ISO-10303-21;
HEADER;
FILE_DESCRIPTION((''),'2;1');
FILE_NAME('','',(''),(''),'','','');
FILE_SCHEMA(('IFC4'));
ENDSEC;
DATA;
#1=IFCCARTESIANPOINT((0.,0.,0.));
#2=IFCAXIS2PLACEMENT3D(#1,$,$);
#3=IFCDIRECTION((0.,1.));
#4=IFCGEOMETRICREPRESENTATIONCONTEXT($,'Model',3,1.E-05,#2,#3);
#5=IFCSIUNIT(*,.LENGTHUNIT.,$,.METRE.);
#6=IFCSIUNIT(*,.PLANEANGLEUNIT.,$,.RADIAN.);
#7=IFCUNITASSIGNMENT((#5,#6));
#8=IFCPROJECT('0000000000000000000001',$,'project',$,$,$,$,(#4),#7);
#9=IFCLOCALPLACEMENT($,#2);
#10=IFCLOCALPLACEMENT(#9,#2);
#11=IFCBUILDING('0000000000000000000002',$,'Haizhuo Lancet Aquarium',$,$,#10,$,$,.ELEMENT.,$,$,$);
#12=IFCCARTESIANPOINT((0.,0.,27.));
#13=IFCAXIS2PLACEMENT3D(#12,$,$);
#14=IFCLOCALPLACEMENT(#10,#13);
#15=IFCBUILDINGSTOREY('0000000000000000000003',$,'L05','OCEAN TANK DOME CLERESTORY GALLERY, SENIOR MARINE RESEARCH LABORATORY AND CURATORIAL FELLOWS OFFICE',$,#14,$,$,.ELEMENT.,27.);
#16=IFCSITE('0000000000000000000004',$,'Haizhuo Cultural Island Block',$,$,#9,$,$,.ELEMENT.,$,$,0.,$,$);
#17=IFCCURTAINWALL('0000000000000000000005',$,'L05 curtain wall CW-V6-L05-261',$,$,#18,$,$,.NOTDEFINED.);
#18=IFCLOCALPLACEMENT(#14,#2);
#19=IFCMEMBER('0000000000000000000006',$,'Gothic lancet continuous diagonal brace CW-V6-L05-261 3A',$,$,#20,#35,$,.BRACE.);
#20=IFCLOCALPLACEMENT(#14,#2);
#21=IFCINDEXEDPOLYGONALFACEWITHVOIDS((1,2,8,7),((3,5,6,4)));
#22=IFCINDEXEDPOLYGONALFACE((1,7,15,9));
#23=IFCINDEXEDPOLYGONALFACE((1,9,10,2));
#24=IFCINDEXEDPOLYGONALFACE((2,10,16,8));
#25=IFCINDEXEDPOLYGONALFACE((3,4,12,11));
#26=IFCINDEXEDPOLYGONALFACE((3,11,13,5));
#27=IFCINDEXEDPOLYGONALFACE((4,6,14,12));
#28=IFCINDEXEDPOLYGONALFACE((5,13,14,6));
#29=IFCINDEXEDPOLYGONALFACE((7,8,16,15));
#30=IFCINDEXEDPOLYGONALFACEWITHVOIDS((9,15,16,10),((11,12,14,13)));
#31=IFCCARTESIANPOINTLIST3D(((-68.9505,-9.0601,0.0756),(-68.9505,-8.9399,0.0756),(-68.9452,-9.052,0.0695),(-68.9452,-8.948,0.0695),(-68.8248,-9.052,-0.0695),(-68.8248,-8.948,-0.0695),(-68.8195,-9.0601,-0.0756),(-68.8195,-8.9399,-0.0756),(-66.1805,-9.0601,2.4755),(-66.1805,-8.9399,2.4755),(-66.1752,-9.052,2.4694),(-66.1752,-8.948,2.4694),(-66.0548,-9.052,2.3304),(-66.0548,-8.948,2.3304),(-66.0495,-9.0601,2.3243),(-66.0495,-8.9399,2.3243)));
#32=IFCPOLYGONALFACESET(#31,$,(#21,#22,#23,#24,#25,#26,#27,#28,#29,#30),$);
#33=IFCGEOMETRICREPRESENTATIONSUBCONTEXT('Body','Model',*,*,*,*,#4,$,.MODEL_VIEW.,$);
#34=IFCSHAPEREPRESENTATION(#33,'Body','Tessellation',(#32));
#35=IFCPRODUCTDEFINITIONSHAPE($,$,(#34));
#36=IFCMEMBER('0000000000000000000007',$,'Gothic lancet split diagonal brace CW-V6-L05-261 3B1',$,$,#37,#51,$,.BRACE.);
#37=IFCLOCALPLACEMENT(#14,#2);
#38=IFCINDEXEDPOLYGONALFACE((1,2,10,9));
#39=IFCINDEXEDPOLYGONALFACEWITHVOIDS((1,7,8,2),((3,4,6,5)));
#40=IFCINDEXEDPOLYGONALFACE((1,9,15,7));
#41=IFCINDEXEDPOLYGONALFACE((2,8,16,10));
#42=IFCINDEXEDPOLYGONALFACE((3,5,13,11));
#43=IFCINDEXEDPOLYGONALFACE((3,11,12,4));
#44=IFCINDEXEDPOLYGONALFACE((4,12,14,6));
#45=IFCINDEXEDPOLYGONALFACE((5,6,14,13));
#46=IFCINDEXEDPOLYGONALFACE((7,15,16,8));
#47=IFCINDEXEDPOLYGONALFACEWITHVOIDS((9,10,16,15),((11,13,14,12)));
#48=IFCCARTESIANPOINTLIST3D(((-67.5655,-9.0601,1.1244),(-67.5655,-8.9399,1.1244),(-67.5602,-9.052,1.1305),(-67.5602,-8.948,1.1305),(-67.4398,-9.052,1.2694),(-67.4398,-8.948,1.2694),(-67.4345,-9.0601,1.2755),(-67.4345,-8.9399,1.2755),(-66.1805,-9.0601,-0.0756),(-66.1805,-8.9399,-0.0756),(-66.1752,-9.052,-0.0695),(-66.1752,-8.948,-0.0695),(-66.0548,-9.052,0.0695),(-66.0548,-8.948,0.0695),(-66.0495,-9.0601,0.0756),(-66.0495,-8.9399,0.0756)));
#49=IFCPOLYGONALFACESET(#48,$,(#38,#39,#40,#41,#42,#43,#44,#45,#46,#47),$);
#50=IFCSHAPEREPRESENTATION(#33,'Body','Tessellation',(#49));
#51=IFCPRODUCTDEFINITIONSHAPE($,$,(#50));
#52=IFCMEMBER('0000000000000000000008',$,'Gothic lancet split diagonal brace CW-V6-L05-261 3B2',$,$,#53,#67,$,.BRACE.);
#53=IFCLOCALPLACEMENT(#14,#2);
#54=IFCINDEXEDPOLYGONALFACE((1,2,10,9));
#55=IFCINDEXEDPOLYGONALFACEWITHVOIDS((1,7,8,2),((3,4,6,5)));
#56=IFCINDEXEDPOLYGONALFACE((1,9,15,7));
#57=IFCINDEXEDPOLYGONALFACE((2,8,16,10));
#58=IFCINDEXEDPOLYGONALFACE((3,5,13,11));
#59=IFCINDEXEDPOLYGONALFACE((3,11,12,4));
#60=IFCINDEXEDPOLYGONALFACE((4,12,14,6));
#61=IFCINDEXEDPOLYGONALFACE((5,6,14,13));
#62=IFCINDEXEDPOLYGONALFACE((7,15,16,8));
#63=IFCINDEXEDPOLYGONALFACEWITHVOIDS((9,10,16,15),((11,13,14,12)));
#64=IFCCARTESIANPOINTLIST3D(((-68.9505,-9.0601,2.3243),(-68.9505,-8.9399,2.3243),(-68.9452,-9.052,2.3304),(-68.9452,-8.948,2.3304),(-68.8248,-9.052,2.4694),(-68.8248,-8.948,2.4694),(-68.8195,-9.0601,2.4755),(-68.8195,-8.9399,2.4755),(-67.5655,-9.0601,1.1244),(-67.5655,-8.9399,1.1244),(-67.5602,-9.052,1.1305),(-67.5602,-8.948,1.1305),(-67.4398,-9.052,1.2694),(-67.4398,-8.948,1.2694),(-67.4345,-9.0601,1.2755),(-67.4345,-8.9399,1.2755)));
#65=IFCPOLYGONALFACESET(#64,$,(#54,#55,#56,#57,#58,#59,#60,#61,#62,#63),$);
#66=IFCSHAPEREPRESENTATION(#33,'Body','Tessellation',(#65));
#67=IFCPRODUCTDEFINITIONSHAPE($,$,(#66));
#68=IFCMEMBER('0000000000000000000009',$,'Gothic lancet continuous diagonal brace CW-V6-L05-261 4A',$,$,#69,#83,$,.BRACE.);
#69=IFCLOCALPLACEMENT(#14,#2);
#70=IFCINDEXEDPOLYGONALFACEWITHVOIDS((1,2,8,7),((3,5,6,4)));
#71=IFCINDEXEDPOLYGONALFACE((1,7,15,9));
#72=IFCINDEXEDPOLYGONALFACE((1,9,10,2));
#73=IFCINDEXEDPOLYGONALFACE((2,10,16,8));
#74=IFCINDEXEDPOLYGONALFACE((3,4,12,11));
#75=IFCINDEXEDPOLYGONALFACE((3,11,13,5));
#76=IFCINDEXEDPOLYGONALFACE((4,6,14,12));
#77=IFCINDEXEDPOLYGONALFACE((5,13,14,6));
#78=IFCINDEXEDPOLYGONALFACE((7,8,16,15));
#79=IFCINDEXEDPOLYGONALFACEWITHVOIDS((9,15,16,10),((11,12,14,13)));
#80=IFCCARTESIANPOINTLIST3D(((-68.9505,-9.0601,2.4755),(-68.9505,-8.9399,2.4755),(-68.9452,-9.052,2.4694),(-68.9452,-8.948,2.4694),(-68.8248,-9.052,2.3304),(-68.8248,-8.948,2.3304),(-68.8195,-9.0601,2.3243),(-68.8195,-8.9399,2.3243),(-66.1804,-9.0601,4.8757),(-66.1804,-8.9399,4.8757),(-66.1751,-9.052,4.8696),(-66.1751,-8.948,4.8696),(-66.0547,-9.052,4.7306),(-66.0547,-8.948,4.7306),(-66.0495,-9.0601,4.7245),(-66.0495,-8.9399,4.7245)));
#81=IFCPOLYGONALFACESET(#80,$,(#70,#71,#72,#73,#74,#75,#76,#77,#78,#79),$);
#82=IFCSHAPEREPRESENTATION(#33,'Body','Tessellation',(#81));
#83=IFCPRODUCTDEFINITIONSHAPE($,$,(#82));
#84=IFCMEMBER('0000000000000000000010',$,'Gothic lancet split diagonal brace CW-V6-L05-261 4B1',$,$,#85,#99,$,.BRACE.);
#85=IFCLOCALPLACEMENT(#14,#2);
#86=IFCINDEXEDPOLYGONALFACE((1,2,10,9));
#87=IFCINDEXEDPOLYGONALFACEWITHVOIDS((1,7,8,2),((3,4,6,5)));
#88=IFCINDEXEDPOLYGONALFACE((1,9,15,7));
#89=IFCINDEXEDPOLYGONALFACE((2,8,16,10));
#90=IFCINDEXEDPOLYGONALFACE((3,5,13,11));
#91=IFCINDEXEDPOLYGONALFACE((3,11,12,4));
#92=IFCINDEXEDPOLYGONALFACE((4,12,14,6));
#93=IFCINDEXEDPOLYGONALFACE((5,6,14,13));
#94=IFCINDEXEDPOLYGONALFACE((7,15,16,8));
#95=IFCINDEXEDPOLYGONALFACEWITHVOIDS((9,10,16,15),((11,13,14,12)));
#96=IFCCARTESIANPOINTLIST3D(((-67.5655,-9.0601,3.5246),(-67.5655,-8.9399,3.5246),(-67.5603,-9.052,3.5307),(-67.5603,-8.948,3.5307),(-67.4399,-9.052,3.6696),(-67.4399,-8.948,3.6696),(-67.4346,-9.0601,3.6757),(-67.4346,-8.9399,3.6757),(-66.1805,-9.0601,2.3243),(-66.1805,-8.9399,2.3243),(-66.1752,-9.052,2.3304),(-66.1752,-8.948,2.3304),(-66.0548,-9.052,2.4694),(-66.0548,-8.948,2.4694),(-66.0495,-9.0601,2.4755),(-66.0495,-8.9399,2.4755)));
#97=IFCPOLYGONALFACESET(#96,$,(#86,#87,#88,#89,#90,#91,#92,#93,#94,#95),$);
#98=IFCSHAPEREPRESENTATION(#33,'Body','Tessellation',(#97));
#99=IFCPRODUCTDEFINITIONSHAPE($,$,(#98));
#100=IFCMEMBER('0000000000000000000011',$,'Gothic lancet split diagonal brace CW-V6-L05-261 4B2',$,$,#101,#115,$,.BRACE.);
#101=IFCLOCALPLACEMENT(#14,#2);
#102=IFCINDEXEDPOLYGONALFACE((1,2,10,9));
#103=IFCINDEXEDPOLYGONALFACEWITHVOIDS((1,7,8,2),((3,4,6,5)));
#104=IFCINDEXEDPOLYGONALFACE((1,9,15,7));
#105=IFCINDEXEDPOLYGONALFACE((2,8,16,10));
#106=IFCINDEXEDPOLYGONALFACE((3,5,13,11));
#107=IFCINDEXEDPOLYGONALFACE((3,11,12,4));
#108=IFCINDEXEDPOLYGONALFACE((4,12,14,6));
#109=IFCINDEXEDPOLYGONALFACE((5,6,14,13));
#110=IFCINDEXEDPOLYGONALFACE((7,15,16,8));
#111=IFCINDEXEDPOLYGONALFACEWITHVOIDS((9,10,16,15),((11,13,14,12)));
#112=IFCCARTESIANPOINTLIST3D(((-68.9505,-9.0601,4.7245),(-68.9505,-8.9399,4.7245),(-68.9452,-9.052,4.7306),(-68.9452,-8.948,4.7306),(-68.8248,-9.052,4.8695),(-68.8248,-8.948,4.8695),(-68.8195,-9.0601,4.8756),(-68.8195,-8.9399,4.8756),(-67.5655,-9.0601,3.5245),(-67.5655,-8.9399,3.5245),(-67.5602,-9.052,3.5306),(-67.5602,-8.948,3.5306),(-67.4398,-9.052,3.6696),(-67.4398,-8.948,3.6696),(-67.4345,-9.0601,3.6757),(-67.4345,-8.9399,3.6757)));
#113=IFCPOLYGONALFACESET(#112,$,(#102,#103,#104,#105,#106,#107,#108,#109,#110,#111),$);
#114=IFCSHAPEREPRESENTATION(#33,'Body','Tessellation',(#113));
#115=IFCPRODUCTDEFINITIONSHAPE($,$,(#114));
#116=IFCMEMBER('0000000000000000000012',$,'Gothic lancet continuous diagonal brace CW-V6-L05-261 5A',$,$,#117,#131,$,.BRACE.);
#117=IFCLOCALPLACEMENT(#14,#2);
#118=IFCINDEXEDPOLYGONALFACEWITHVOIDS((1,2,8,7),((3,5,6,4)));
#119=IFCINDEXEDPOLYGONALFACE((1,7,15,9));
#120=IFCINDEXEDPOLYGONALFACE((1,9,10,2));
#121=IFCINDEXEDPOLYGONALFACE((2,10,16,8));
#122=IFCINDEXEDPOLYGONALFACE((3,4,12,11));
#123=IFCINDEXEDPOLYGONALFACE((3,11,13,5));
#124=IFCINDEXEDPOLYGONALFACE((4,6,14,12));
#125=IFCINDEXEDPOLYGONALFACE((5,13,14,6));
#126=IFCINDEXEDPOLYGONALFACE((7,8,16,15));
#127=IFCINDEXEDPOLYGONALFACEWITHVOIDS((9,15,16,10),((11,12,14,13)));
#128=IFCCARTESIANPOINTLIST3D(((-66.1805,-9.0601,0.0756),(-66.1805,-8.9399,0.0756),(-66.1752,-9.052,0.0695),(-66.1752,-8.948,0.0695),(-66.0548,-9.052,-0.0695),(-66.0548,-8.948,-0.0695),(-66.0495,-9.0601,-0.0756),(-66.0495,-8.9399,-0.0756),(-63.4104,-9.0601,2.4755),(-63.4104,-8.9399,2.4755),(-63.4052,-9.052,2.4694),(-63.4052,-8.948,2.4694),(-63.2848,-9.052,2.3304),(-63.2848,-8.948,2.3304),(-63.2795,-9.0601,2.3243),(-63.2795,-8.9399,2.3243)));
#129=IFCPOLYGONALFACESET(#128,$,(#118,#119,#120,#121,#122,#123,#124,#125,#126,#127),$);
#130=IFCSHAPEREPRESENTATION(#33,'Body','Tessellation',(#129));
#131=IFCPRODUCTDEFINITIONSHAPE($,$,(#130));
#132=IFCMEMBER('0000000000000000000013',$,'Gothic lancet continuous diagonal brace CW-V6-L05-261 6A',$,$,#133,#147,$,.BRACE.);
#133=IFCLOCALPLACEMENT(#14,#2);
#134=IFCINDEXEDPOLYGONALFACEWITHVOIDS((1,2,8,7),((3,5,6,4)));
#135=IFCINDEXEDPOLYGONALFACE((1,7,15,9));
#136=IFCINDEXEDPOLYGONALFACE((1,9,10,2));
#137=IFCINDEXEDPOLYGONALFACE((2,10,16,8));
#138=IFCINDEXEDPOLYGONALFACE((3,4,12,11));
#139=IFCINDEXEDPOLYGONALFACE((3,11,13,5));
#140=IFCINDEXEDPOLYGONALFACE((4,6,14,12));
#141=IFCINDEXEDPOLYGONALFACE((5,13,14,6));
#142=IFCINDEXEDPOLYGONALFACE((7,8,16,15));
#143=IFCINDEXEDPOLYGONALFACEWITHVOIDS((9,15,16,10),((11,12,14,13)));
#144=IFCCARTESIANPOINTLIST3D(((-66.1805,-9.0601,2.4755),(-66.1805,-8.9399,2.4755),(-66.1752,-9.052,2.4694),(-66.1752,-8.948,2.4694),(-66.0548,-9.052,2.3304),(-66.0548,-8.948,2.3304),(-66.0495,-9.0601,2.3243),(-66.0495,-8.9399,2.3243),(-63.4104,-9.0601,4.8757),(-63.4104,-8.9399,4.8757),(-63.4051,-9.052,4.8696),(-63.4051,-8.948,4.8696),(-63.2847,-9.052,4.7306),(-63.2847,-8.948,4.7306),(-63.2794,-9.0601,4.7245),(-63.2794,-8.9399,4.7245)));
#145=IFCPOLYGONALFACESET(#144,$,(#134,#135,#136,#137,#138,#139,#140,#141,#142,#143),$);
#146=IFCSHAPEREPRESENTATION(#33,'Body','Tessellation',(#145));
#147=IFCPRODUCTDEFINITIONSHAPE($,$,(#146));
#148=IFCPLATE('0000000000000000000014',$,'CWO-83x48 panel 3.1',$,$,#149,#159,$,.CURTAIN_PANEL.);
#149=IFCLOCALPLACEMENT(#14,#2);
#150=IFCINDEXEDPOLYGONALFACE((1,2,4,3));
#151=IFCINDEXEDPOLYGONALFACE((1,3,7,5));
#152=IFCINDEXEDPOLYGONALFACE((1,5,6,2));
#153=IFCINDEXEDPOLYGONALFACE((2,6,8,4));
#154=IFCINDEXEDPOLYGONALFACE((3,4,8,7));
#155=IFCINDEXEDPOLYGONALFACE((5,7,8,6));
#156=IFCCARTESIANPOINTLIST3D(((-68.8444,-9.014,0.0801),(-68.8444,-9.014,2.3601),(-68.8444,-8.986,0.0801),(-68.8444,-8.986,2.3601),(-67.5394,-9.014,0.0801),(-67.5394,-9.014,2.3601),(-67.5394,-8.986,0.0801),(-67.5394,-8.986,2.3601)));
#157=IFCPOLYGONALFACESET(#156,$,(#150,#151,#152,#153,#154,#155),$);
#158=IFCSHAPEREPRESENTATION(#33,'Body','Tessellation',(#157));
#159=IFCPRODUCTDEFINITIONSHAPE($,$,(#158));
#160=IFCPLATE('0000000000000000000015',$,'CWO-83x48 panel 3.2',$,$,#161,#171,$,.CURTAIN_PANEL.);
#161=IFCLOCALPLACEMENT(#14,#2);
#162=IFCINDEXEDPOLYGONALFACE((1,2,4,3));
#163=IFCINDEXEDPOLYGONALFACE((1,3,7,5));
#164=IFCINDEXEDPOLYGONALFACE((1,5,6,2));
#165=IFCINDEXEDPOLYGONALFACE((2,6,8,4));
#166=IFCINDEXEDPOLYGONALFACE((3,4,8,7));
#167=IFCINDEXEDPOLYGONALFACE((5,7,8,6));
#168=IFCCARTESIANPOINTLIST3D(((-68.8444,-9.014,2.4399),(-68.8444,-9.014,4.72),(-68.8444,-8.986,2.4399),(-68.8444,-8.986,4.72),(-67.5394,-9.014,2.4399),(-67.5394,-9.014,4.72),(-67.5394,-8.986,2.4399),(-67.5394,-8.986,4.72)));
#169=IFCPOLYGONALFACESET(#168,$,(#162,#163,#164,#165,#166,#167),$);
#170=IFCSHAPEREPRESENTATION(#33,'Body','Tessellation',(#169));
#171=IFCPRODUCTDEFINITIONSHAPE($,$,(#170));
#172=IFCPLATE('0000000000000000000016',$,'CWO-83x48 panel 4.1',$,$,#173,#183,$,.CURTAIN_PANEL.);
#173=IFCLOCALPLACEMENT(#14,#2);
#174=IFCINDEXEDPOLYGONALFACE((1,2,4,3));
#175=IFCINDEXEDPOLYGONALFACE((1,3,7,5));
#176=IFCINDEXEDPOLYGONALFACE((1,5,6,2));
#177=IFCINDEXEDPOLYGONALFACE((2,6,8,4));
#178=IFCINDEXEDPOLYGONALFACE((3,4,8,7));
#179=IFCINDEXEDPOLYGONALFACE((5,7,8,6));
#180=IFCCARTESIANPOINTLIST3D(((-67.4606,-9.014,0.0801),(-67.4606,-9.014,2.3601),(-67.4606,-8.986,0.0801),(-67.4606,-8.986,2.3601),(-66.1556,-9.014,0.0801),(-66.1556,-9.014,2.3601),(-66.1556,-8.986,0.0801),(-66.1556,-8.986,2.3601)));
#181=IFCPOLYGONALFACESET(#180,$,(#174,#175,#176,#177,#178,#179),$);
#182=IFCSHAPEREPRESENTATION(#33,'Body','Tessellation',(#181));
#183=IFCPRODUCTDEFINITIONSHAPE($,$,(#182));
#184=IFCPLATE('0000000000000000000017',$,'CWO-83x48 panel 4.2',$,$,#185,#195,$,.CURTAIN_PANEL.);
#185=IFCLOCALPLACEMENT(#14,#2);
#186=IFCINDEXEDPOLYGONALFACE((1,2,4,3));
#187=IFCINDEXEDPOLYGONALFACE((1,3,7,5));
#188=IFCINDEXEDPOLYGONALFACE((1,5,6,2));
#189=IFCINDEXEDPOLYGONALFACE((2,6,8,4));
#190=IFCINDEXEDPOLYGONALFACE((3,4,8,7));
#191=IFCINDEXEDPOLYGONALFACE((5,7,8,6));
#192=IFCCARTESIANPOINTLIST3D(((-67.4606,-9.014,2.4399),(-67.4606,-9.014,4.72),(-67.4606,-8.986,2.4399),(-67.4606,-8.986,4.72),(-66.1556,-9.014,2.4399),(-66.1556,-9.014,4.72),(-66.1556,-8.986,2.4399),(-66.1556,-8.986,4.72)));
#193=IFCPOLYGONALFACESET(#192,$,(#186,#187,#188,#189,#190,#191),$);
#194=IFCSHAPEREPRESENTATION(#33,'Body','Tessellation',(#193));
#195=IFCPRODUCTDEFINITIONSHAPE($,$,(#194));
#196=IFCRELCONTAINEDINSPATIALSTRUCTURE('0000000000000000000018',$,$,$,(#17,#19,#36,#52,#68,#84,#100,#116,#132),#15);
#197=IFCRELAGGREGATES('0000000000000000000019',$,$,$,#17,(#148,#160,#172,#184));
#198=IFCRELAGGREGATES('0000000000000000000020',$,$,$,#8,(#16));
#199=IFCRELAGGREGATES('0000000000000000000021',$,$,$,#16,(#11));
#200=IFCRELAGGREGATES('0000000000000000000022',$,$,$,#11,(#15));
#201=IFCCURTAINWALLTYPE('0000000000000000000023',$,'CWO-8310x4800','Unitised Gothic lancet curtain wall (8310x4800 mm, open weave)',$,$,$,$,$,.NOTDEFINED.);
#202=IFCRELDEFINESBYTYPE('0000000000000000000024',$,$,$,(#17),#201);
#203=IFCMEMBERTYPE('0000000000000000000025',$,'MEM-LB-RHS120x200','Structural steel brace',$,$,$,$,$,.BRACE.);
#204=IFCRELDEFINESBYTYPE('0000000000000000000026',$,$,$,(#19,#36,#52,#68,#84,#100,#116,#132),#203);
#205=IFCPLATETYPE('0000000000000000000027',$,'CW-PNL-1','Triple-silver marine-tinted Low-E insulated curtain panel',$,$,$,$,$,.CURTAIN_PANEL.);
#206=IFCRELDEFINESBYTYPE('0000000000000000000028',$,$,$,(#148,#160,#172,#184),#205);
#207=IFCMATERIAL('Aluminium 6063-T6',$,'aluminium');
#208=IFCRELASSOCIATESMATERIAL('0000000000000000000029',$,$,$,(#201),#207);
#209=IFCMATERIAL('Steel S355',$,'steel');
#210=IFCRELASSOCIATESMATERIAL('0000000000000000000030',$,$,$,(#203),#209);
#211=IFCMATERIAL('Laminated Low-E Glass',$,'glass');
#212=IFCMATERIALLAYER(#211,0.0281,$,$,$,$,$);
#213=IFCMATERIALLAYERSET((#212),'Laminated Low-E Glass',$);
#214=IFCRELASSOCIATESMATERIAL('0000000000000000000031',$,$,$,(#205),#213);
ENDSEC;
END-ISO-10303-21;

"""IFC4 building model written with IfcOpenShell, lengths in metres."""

from ifc_helpers import new_model, si_unit, direction, frame, origin, origin_2d, place, context, subcontext, project, spatial, rectangle, hollow_rectangle, extrude, material, layer, layer_set, material_profile, profile_set, type_object, element, aggregate, save


model = new_model("IFC4")

# Units and contexts
model_context = context("Model", 3, precision=1e-05, world=origin(), true_north=direction((0.0, 1.0)))
body_context = subcontext(model_context, "Body", "Model", "MODEL_VIEW")
ifc_project = project(units=[si_unit("LENGTHUNIT", "METRE"), si_unit("PLANEANGLEUNIT", "RADIAN")], contexts=[model_context])

# Site, building, storey
site_placement = place(None, origin())
site = spatial("IfcSite", under=ifc_project, at=site_placement, Name="Haizhuo Cultural Island Block", CompositionType="ELEMENT", RefElevation=0.0)
building_placement = place(site_placement, origin())
building = spatial("IfcBuilding", under=site, at=building_placement, Name="Haizhuo Lancet Aquarium", CompositionType="ELEMENT")
storey_placement = place(building_placement, frame((0.0, 0.0, 27.0)))
storey = spatial("IfcBuildingStorey", under=building, at=storey_placement, Name="L05", Description="OCEAN TANK DOME CLERESTORY GALLERY, SENIOR MARINE RESEARCH LABORATORY AND CURATORIAL FELLOWS OFFICE", CompositionType="ELEMENT", Elevation=27.0)

# Curtain wall
ifc_material_1 = material(Name="Aluminium 6063-T6", Category="aluminium")
curtain_wall_type = type_object("IfcCurtainWallType", Name="CWO-8310x4800", Description="Unitised Gothic lancet curtain wall (8310x4800 mm, open weave)", PredefinedType="NOTDEFINED", material=ifc_material_1)
curtain_wall_placement = place(storey_placement, origin())
curtain_wall = element("IfcCurtainWall", 1, at=curtain_wall_placement, inside=storey, type_object=curtain_wall_type, Name="L05 curtain wall CW-V6-L05-261", PredefinedType="NOTDEFINED")

# Members
ifc_material_2 = material(Name="Steel S355", Category="steel")
ifc_material_profile_1 = material_profile(ifc_material_2, hollow_rectangle(XDim=0.1201, YDim=0.2, WallThickness=0.0081, at=origin_2d()), Name="RHS 120x200x8")
ifc_profile_set_1 = profile_set([ifc_material_profile_1], Name="Steel S355")
member_type_1 = type_object("IfcMemberType", Name="MEM-LB-RHS120x200", Description="Structural steel brace", PredefinedType="BRACE", material=ifc_profile_set_1)
member_1_placement = place(storey_placement, frame((-68.885, -9.0, 0.0), z_axis=(0.755795, 0.0, 0.654809), x_axis=(0.0, 1.0, 0.0)))
element("IfcMember", 2, at=member_1_placement, inside=storey, type_object=member_type_1, Name="Gothic lancet continuous diagonal brace CW-V6-L05-261 3A", PredefinedType="BRACE", context=body_context, shape_type="SweptSolid", body=[
    extrude(hollow_rectangle(XDim=0.1201, YDim=0.2, WallThickness=0.0081, at=origin_2d()), origin(), (0.0, 0.0, 1.0), 3.665),
])
for number, where, z_axis, x_axis, name in (
    (3, (-66.115, -9.0, 0.0), (-0.755795, 0.0, 0.654809), (0.0, -1.0, 0.0), "Gothic lancet split diagonal brace CW-V6-L05-261 3B1"),
    (4, (-67.5, -9.0, 1.2), (-0.755795, 0.0, 0.654809), (0.0, -1.0, 0.0), "Gothic lancet split diagonal brace CW-V6-L05-261 3B2"),
):
    element("IfcMember", number, at=place(storey_placement, frame(where, z_axis=z_axis, x_axis=x_axis)), inside=storey, type_object=member_type_1, Name=name, PredefinedType="BRACE", context=body_context, shape_type="SweptSolid", body=[
        extrude(hollow_rectangle(XDim=0.1201, YDim=0.2, WallThickness=0.0081, at=origin_2d()), origin(), (0.0, 0.0, 1.0), 1.8325),
    ])
member_2_placement = place(storey_placement, frame((-68.885, -9.0, 2.3999), z_axis=(0.755762, 0.0, 0.654847), x_axis=(0.0, 1.0, 0.0)))
element("IfcMember", 5, at=member_2_placement, inside=storey, type_object=member_type_1, Name="Gothic lancet continuous diagonal brace CW-V6-L05-261 4A", PredefinedType="BRACE", context=body_context, shape_type="SweptSolid", body=[
    extrude(hollow_rectangle(XDim=0.1201, YDim=0.2, WallThickness=0.0081, at=origin_2d()), origin(), (0.0, 0.0, 1.0), 3.6653),
])
member_3_placement = place(storey_placement, frame((-66.115, -9.0, 2.3999), z_axis=(-0.755729, 0.0, 0.654885), x_axis=(0.0, -1.0, 0.0)))
element("IfcMember", 6, at=member_3_placement, inside=storey, type_object=member_type_1, Name="Gothic lancet split diagonal brace CW-V6-L05-261 4B1", PredefinedType="BRACE", context=body_context, shape_type="SweptSolid", body=[
    extrude(hollow_rectangle(XDim=0.1201, YDim=0.2, WallThickness=0.0081, at=origin_2d()), origin(), (0.0, 0.0, 1.0), 1.8328),
])
member_4_placement = place(storey_placement, frame((-67.5, -9.0, 3.6001), z_axis=(-0.755795, 0.0, 0.654809), x_axis=(0.0, -1.0, 0.0)))
element("IfcMember", 7, at=member_4_placement, inside=storey, type_object=member_type_1, Name="Gothic lancet split diagonal brace CW-V6-L05-261 4B2", PredefinedType="BRACE", context=body_context, shape_type="SweptSolid", body=[
    extrude(hollow_rectangle(XDim=0.1201, YDim=0.2, WallThickness=0.0081, at=origin_2d()), origin(), (0.0, 0.0, 1.0), 1.8325),
])
member_5_placement = place(storey_placement, frame((-66.115, -9.0, 0.0), z_axis=(0.755795, 0.0, 0.654809), x_axis=(0.0, 1.0, 0.0)))
element("IfcMember", 8, at=member_5_placement, inside=storey, type_object=member_type_1, Name="Gothic lancet continuous diagonal brace CW-V6-L05-261 5A", PredefinedType="BRACE", context=body_context, shape_type="SweptSolid", body=[
    extrude(hollow_rectangle(XDim=0.1201, YDim=0.2, WallThickness=0.0081, at=origin_2d()), origin(), (0.0, 0.0, 1.0), 3.665),
])
member_6_placement = place(storey_placement, frame((-66.115, -9.0, 2.3999), z_axis=(0.755762, 0.0, 0.654847), x_axis=(0.0, 1.0, 0.0)))
element("IfcMember", 9, at=member_6_placement, inside=storey, type_object=member_type_1, Name="Gothic lancet continuous diagonal brace CW-V6-L05-261 6A", PredefinedType="BRACE", context=body_context, shape_type="SweptSolid", body=[
    extrude(hollow_rectangle(XDim=0.1201, YDim=0.2, WallThickness=0.0081, at=origin_2d()), origin(), (0.0, 0.0, 1.0), 3.6653),
])

# Plates
ifc_material_3 = material(Name="Laminated Low-E Glass", Category="glass")
ifc_layer = layer(ifc_material_3, 0.0281)
ifc_layer_set = layer_set([ifc_layer], Name="Laminated Low-E Glass")
plate_type = type_object("IfcPlateType", Name="CW-PNL-1", Description="Triple-silver marine-tinted Low-E insulated curtain panel", PredefinedType="CURTAIN_PANEL", material=ifc_layer_set)
plate_1_placement = place(storey_placement, frame((-68.1919, -9.0, 0.0801), z_axis=(0.0, 0.0, 1.0), x_axis=(1.0, 0.0, 0.0)))
plate_1 = element("IfcPlate", 10, at=plate_1_placement, type_object=plate_type, Name="CWO-83x48 panel 3.1", PredefinedType="CURTAIN_PANEL", context=body_context, shape_type="SweptSolid", body=[
    extrude(rectangle(XDim=1.3049, YDim=0.0281, at=origin_2d()), origin(), (0.0, 0.0, 1.0), 2.28),
])
plate_2_placement = place(storey_placement, frame((-68.1919, -9.0, 2.4399), z_axis=(0.0, 0.0, 1.0), x_axis=(1.0, 0.0, 0.0)))
plate_2 = element("IfcPlate", 11, at=plate_2_placement, type_object=plate_type, Name="CWO-83x48 panel 3.2", PredefinedType="CURTAIN_PANEL", context=body_context, shape_type="SweptSolid", body=[
    extrude(rectangle(XDim=1.3049, YDim=0.0281, at=origin_2d()), origin(), (0.0, 0.0, 1.0), 2.28),
])
plate_3_placement = place(storey_placement, frame((-66.8081, -9.0, 0.0801), z_axis=(0.0, 0.0, 1.0), x_axis=(1.0, 0.0, 0.0)))
plate_3 = element("IfcPlate", 12, at=plate_3_placement, type_object=plate_type, Name="CWO-83x48 panel 4.1", PredefinedType="CURTAIN_PANEL", context=body_context, shape_type="SweptSolid", body=[
    extrude(rectangle(XDim=1.3049, YDim=0.0281, at=origin_2d()), origin(), (0.0, 0.0, 1.0), 2.28),
])
plate_4_placement = place(storey_placement, frame((-66.8081, -9.0, 2.4399), z_axis=(0.0, 0.0, 1.0), x_axis=(1.0, 0.0, 0.0)))
plate_4 = element("IfcPlate", 13, at=plate_4_placement, type_object=plate_type, Name="CWO-83x48 panel 4.2", PredefinedType="CURTAIN_PANEL", context=body_context, shape_type="SweptSolid", body=[
    extrude(rectangle(XDim=1.3049, YDim=0.0281, at=origin_2d()), origin(), (0.0, 0.0, 1.0), 2.28),
])
aggregate(curtain_wall, [plate_1, plate_2, plate_3, plate_4])

save(model, "model.ifc")
